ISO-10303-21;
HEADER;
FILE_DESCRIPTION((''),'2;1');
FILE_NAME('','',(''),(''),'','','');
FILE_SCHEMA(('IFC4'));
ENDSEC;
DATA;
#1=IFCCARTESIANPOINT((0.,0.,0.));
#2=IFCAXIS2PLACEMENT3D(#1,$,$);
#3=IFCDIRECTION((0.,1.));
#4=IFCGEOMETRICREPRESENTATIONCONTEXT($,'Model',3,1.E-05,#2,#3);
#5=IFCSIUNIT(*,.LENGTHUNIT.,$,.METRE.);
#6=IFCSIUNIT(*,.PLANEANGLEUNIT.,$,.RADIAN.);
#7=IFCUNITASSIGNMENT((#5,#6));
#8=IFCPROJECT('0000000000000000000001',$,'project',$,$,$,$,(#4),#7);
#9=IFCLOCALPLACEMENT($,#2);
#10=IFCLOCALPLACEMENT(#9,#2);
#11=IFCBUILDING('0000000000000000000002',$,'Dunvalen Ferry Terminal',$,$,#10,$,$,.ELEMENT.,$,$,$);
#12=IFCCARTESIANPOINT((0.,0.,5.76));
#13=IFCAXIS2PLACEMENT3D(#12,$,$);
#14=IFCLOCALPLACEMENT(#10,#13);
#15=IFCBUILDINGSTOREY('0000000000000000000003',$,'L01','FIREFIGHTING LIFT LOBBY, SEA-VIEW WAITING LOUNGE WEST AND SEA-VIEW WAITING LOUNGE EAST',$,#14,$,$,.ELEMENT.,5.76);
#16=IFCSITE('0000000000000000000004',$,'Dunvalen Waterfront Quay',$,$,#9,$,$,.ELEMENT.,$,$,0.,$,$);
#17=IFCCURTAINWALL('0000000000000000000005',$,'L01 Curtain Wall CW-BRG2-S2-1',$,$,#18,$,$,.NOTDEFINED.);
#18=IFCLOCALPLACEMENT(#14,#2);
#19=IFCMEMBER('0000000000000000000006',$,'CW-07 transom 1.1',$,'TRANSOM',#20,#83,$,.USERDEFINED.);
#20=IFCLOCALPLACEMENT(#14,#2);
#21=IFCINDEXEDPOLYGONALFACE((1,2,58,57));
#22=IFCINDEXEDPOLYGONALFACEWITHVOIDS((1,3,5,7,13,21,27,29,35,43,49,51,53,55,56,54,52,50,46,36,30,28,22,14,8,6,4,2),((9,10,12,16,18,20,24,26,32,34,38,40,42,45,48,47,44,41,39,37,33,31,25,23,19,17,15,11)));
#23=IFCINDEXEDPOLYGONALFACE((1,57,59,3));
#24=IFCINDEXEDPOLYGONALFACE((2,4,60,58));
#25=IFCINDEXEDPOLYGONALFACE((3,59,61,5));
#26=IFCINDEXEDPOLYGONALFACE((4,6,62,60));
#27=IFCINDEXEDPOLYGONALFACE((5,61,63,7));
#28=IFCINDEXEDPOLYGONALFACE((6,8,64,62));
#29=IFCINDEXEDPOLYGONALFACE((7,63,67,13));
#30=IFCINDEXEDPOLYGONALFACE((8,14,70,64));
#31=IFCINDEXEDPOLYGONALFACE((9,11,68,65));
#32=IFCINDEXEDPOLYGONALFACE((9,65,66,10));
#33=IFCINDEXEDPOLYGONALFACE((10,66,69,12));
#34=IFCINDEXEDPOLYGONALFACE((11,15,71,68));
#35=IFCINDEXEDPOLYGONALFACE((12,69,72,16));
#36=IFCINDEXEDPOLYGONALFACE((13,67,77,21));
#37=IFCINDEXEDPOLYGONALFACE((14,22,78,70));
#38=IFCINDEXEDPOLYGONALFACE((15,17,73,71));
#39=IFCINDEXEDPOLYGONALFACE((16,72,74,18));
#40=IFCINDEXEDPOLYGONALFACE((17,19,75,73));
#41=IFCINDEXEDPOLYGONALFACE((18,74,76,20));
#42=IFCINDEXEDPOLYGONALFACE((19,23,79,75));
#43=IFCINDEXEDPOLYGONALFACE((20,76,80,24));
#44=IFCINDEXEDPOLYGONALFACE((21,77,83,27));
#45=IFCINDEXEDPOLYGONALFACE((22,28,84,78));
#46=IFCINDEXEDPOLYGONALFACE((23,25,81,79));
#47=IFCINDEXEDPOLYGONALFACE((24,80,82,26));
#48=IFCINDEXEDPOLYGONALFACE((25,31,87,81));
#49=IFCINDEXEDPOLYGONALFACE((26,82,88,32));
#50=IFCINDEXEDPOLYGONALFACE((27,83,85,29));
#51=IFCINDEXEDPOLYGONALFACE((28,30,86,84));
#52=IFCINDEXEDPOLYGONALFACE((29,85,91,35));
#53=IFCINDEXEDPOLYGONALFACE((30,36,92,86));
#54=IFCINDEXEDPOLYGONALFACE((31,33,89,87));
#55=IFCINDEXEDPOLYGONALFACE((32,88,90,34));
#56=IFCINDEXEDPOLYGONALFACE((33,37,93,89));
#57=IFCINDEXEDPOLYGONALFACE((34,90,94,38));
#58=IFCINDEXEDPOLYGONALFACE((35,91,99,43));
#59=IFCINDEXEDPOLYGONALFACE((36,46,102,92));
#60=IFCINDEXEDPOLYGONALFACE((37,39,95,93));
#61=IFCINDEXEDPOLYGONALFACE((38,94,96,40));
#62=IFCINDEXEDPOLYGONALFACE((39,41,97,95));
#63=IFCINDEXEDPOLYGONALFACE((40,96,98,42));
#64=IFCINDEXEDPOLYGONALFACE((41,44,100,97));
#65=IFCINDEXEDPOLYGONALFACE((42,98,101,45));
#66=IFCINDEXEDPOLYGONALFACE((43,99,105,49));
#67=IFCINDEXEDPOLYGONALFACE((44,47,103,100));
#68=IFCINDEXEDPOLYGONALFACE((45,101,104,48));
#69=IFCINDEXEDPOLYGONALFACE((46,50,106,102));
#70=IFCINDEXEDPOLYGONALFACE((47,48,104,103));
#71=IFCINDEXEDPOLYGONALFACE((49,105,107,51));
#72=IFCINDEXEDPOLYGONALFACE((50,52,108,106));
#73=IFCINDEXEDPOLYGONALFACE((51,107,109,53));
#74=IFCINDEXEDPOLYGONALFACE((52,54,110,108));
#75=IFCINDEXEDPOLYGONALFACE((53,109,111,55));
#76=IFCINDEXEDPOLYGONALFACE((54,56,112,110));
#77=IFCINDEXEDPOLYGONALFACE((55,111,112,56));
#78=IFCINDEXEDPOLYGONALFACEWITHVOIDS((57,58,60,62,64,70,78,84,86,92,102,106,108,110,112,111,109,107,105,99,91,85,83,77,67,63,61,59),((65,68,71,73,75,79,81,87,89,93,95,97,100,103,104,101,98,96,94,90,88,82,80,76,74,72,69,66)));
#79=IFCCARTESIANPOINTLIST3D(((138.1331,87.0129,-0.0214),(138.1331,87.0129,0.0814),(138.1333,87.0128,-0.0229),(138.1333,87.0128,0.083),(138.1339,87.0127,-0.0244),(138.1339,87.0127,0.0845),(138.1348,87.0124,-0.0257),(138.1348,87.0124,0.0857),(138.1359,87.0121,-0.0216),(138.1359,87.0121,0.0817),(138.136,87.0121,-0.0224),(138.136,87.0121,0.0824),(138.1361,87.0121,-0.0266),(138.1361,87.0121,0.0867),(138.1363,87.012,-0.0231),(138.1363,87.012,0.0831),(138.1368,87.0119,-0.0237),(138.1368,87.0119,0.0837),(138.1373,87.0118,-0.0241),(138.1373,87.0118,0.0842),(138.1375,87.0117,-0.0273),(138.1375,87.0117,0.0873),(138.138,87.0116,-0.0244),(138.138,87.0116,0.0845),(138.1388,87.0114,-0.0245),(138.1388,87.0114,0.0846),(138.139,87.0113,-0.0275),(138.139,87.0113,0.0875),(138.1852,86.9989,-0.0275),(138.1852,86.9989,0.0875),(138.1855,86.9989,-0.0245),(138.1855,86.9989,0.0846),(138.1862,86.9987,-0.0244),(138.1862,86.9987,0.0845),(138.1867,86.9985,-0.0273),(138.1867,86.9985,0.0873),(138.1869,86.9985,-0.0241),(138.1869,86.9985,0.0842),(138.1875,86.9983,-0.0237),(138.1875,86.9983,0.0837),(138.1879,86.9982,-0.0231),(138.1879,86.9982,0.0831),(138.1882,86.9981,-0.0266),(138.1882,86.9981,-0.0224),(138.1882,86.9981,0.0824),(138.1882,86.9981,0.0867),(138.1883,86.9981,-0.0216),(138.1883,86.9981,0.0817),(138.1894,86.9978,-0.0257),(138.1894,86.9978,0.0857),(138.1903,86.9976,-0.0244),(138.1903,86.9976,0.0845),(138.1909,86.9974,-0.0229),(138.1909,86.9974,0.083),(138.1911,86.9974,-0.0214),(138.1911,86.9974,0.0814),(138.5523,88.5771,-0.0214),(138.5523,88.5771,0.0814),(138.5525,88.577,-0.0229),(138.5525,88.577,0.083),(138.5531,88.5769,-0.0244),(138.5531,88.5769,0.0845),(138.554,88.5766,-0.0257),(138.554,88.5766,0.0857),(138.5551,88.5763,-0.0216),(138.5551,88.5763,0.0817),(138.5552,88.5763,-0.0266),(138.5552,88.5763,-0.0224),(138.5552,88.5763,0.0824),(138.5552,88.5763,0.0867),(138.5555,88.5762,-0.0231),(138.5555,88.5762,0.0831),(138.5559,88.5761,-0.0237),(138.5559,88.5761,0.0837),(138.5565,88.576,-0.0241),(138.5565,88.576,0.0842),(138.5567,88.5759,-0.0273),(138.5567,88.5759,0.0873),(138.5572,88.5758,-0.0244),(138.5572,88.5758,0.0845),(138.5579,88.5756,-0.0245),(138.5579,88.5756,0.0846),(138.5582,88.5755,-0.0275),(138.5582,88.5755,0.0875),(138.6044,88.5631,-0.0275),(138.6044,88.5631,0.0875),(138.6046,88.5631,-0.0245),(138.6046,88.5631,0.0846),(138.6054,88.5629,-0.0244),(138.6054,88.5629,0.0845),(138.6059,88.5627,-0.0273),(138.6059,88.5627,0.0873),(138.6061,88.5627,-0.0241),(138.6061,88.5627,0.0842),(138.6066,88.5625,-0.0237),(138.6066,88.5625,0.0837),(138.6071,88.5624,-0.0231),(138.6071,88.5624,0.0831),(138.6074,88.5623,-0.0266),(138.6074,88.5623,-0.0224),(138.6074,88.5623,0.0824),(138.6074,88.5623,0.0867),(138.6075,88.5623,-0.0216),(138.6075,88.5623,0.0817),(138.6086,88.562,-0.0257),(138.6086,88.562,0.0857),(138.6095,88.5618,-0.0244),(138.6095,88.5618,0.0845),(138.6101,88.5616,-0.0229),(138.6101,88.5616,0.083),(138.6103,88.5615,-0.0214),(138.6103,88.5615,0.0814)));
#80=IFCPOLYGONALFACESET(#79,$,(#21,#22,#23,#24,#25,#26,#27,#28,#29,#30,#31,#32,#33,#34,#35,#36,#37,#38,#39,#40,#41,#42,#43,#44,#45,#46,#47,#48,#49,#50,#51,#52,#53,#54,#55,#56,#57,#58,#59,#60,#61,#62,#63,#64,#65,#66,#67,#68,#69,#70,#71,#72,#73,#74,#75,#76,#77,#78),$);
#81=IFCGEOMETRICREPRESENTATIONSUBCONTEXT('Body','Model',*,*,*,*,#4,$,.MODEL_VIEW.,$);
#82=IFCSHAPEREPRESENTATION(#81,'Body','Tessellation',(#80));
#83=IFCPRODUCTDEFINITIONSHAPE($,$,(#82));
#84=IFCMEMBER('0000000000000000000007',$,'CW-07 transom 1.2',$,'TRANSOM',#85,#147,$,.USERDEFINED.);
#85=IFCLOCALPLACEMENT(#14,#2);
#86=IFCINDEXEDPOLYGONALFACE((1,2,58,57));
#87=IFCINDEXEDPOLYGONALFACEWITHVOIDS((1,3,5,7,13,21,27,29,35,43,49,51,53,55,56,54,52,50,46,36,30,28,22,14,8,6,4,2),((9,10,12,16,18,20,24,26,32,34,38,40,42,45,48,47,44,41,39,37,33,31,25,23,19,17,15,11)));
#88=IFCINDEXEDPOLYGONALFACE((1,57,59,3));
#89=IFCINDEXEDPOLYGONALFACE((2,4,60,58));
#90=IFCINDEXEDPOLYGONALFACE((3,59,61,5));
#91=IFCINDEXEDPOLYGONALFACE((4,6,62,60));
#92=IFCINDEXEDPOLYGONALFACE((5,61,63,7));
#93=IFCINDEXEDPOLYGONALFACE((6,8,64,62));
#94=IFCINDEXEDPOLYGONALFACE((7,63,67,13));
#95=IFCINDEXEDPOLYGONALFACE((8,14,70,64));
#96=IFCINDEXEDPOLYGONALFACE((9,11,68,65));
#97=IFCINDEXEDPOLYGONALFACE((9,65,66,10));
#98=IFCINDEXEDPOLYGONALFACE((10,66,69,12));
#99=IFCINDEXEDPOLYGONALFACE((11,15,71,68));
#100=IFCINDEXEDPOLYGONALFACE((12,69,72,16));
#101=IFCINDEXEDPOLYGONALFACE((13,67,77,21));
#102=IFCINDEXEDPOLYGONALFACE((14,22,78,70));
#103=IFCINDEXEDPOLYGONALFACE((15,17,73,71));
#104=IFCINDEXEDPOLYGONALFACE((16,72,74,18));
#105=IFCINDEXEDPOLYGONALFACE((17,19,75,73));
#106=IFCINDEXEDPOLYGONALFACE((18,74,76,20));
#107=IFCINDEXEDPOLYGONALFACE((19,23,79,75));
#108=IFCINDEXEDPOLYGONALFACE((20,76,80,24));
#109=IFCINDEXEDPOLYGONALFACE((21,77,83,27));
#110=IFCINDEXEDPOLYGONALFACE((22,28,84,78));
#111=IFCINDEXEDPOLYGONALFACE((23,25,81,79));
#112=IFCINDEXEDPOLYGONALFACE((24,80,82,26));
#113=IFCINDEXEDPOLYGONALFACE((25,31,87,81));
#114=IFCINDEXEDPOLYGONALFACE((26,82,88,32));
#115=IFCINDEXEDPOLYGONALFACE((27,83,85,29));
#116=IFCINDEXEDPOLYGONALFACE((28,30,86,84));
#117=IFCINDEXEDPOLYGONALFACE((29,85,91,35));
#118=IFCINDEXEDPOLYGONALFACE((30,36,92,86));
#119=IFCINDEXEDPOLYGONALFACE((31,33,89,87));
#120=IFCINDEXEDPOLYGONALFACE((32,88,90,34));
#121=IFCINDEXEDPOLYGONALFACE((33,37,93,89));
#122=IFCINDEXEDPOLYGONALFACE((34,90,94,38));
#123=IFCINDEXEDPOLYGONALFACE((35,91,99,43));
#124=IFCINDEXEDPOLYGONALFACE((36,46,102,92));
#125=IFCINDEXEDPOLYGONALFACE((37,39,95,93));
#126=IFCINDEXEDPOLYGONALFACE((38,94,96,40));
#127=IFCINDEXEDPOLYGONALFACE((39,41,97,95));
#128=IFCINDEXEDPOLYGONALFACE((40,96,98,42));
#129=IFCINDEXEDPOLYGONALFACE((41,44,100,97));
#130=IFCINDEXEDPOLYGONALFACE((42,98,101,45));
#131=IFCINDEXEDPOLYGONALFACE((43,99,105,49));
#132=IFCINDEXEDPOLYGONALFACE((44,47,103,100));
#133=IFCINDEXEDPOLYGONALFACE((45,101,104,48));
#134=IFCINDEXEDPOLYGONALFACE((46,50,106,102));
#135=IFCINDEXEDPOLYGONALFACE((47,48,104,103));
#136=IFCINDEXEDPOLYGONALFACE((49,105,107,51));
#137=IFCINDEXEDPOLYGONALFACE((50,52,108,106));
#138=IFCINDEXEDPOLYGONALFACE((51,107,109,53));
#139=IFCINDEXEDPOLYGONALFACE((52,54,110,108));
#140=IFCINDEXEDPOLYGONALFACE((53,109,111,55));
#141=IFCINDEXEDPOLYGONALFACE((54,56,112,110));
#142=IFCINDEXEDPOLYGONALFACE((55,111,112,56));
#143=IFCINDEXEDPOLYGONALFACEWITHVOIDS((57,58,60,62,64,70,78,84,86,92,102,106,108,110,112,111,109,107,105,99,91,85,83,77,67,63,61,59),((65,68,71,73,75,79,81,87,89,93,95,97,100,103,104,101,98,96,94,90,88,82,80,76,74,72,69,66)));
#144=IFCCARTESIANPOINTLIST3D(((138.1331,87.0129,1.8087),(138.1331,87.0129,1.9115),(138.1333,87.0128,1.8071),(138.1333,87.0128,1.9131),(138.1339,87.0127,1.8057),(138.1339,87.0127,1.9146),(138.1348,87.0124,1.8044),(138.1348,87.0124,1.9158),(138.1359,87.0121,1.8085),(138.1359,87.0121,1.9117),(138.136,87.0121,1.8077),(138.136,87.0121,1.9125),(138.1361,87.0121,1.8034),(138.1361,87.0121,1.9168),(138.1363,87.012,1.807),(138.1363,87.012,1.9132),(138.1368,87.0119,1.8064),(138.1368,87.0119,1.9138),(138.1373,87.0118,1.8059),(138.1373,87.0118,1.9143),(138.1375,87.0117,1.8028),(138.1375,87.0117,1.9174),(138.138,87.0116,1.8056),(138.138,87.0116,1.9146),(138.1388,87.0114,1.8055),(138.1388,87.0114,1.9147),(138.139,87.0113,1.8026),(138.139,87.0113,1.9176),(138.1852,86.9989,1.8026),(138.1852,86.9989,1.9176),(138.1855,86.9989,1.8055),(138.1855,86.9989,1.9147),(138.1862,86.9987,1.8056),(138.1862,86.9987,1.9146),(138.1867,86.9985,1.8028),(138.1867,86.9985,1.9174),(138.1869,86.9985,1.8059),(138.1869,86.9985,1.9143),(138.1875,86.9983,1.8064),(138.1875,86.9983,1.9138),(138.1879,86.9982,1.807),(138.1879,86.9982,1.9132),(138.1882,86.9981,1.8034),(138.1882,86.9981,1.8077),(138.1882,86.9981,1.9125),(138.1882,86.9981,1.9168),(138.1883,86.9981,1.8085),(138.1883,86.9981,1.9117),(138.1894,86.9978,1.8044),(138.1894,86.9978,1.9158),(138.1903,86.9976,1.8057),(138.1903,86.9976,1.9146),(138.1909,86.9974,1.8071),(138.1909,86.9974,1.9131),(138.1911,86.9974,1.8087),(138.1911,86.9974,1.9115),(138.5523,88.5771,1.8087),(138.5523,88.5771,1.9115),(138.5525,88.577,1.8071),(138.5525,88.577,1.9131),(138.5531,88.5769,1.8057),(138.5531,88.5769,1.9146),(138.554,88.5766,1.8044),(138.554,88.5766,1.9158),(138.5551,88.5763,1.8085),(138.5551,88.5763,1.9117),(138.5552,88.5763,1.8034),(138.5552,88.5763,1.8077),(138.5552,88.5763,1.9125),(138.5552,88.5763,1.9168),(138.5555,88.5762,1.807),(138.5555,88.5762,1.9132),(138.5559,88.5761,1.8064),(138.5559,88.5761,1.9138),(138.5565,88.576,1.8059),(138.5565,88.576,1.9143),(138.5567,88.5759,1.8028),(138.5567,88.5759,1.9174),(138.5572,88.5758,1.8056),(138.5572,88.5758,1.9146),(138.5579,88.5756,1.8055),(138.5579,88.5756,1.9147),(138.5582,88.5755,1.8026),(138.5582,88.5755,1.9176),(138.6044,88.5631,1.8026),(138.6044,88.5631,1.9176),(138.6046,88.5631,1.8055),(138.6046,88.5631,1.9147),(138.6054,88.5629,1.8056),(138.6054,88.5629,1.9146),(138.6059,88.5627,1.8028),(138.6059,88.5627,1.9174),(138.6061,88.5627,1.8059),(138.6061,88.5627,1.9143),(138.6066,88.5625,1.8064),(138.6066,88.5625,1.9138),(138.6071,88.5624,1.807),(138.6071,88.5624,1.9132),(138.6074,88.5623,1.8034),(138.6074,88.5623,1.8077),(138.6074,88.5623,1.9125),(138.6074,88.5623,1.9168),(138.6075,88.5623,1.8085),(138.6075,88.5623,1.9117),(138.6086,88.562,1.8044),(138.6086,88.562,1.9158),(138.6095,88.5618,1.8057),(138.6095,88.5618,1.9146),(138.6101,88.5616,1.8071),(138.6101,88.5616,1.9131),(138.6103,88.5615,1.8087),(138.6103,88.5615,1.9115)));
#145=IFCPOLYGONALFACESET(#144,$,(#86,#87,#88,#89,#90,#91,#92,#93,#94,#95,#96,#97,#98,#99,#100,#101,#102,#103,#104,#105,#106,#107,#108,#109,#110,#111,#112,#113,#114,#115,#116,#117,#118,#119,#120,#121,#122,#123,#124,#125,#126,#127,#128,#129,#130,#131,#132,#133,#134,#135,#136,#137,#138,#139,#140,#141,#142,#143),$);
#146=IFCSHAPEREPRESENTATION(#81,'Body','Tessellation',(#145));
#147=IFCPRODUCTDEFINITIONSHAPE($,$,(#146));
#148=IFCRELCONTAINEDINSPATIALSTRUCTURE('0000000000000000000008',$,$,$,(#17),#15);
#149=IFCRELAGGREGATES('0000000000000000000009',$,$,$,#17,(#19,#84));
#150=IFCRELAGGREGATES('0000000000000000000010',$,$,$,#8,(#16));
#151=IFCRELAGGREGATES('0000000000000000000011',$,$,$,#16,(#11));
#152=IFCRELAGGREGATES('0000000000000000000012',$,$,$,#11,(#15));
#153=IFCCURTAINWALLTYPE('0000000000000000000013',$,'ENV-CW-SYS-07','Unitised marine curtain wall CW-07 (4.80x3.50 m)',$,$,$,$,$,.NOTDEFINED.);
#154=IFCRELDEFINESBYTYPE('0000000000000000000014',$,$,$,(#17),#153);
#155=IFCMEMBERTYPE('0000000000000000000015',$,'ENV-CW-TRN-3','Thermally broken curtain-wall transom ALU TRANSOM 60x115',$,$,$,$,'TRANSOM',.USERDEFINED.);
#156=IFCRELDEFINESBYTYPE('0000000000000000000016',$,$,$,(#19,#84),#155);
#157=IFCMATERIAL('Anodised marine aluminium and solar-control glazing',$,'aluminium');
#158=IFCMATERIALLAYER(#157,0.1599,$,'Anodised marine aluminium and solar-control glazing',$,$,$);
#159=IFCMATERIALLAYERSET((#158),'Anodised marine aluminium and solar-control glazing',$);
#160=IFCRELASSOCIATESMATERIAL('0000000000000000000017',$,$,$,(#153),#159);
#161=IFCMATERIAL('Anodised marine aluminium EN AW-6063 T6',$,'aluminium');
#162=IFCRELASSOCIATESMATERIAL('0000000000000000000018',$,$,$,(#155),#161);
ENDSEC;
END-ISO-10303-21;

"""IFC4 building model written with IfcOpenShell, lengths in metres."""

from ifc_helpers import new_model, si_unit, direction, frame, origin, origin_2d, place, context, subcontext, project, spatial, hollow_rectangle, extrude, material, layer, layer_set, material_profile, profile_set, type_object, element, aggregate, save


model = new_model("IFC4")

# Units and contexts
model_context = context("Model", 3, precision=1e-05, world=origin(), true_north=direction((0.0, 1.0)))
body_context = subcontext(model_context, "Body", "Model", "MODEL_VIEW")
ifc_project = project(units=[si_unit("LENGTHUNIT", "METRE"), si_unit("PLANEANGLEUNIT", "RADIAN")], contexts=[model_context])

# Site, building, storey
site_placement = place(None, origin())
site = spatial("IfcSite", under=ifc_project, at=site_placement, Name="Dunvalen Waterfront Quay", CompositionType="ELEMENT", RefElevation=0.0)
building_placement = place(site_placement, origin())
building = spatial("IfcBuilding", under=site, at=building_placement, Name="Dunvalen Ferry Terminal", CompositionType="ELEMENT")
storey_placement = place(building_placement, frame((0.0, 0.0, 5.76)))
storey = spatial("IfcBuildingStorey", under=building, at=storey_placement, Name="L01", Description="FIREFIGHTING LIFT LOBBY, SEA-VIEW WAITING LOUNGE WEST AND SEA-VIEW WAITING LOUNGE EAST", CompositionType="ELEMENT", Elevation=5.76)

# Curtain wall
ifc_material_1 = material(Name="Anodised marine aluminium and solar-control glazing", Category="aluminium")
ifc_layer_1 = layer(ifc_material_1, 0.1599, Name="Anodised marine aluminium and solar-control glazing")
ifc_layer_set_1 = layer_set([ifc_layer_1], Name="Anodised marine aluminium and solar-control glazing")
curtain_wall_type = type_object("IfcCurtainWallType", Name="ENV-CW-SYS-07", Description="Unitised marine curtain wall CW-07 (4.80x3.50 m)", PredefinedType="NOTDEFINED", material=ifc_layer_set_1)
ifc_material_2 = material(Name="Anodised marine aluminium EN AW-6063 T6", Category="aluminium")
curtain_wall_1_placement = place(storey_placement, origin())
curtain_wall_1 = element("IfcCurtainWall", 1, at=curtain_wall_1_placement, inside=storey, type_object=curtain_wall_type, Name="L01 Curtain Wall CW-BRG2-S2-1", PredefinedType="NOTDEFINED")

# Members
ifc_material_profile_1 = material_profile(ifc_material_2, hollow_rectangle(XDim=0.0601, YDim=0.115, WallThickness=0.0029, InnerFilletRadius=0.0029, OuterFilletRadius=0.0061, at=origin_2d()), Name="Anodised marine aluminium EN AW-6063 T6")
ifc_profile_set_1 = profile_set([ifc_material_profile_1], Name="Anodised marine aluminium EN AW-6063 T6")
member_type_1 = type_object("IfcMemberType", Name="ENV-CW-TRN-3", Description="Thermally broken curtain-wall transom ALU TRANSOM 60x115", ElementType="TRANSOM", PredefinedType="USERDEFINED", material=ifc_profile_set_1)
member_1_placement = place(storey_placement, frame((138.1621, 87.0051, 0.03), z_axis=(0.258854, 0.965916, 0.0), x_axis=(-0.965916, 0.258854, 0.0)))
member_1 = element("IfcMember", 2, at=member_1_placement, type_object=member_type_1, Name="CW-07 transom 1.1", ObjectType="TRANSOM", PredefinedType="USERDEFINED", context=body_context, shape_type="SweptSolid", body=[
    extrude(hollow_rectangle(XDim=0.0601, YDim=0.115, WallThickness=0.0029, InnerFilletRadius=0.0029, OuterFilletRadius=0.0061, at=origin_2d()), origin(), (0.0, 0.0, 1.0), 1.6194),
])
member_2_placement = place(storey_placement, frame((138.1621, 87.0051, 1.8601), z_axis=(0.258854, 0.965916, 0.0), x_axis=(-0.965916, 0.258854, 0.0)))
member_2 = element("IfcMember", 3, at=member_2_placement, type_object=member_type_1, Name="CW-07 transom 1.2", ObjectType="TRANSOM", PredefinedType="USERDEFINED", context=body_context, shape_type="SweptSolid", body=[
    extrude(hollow_rectangle(XDim=0.0601, YDim=0.115, WallThickness=0.0029, InnerFilletRadius=0.0029, OuterFilletRadius=0.0061, at=origin_2d()), origin(), (0.0, 0.0, 1.0), 1.6194),
])

aggregate(curtain_wall_1, [member_1, member_2])

save(model, "model.ifc")
